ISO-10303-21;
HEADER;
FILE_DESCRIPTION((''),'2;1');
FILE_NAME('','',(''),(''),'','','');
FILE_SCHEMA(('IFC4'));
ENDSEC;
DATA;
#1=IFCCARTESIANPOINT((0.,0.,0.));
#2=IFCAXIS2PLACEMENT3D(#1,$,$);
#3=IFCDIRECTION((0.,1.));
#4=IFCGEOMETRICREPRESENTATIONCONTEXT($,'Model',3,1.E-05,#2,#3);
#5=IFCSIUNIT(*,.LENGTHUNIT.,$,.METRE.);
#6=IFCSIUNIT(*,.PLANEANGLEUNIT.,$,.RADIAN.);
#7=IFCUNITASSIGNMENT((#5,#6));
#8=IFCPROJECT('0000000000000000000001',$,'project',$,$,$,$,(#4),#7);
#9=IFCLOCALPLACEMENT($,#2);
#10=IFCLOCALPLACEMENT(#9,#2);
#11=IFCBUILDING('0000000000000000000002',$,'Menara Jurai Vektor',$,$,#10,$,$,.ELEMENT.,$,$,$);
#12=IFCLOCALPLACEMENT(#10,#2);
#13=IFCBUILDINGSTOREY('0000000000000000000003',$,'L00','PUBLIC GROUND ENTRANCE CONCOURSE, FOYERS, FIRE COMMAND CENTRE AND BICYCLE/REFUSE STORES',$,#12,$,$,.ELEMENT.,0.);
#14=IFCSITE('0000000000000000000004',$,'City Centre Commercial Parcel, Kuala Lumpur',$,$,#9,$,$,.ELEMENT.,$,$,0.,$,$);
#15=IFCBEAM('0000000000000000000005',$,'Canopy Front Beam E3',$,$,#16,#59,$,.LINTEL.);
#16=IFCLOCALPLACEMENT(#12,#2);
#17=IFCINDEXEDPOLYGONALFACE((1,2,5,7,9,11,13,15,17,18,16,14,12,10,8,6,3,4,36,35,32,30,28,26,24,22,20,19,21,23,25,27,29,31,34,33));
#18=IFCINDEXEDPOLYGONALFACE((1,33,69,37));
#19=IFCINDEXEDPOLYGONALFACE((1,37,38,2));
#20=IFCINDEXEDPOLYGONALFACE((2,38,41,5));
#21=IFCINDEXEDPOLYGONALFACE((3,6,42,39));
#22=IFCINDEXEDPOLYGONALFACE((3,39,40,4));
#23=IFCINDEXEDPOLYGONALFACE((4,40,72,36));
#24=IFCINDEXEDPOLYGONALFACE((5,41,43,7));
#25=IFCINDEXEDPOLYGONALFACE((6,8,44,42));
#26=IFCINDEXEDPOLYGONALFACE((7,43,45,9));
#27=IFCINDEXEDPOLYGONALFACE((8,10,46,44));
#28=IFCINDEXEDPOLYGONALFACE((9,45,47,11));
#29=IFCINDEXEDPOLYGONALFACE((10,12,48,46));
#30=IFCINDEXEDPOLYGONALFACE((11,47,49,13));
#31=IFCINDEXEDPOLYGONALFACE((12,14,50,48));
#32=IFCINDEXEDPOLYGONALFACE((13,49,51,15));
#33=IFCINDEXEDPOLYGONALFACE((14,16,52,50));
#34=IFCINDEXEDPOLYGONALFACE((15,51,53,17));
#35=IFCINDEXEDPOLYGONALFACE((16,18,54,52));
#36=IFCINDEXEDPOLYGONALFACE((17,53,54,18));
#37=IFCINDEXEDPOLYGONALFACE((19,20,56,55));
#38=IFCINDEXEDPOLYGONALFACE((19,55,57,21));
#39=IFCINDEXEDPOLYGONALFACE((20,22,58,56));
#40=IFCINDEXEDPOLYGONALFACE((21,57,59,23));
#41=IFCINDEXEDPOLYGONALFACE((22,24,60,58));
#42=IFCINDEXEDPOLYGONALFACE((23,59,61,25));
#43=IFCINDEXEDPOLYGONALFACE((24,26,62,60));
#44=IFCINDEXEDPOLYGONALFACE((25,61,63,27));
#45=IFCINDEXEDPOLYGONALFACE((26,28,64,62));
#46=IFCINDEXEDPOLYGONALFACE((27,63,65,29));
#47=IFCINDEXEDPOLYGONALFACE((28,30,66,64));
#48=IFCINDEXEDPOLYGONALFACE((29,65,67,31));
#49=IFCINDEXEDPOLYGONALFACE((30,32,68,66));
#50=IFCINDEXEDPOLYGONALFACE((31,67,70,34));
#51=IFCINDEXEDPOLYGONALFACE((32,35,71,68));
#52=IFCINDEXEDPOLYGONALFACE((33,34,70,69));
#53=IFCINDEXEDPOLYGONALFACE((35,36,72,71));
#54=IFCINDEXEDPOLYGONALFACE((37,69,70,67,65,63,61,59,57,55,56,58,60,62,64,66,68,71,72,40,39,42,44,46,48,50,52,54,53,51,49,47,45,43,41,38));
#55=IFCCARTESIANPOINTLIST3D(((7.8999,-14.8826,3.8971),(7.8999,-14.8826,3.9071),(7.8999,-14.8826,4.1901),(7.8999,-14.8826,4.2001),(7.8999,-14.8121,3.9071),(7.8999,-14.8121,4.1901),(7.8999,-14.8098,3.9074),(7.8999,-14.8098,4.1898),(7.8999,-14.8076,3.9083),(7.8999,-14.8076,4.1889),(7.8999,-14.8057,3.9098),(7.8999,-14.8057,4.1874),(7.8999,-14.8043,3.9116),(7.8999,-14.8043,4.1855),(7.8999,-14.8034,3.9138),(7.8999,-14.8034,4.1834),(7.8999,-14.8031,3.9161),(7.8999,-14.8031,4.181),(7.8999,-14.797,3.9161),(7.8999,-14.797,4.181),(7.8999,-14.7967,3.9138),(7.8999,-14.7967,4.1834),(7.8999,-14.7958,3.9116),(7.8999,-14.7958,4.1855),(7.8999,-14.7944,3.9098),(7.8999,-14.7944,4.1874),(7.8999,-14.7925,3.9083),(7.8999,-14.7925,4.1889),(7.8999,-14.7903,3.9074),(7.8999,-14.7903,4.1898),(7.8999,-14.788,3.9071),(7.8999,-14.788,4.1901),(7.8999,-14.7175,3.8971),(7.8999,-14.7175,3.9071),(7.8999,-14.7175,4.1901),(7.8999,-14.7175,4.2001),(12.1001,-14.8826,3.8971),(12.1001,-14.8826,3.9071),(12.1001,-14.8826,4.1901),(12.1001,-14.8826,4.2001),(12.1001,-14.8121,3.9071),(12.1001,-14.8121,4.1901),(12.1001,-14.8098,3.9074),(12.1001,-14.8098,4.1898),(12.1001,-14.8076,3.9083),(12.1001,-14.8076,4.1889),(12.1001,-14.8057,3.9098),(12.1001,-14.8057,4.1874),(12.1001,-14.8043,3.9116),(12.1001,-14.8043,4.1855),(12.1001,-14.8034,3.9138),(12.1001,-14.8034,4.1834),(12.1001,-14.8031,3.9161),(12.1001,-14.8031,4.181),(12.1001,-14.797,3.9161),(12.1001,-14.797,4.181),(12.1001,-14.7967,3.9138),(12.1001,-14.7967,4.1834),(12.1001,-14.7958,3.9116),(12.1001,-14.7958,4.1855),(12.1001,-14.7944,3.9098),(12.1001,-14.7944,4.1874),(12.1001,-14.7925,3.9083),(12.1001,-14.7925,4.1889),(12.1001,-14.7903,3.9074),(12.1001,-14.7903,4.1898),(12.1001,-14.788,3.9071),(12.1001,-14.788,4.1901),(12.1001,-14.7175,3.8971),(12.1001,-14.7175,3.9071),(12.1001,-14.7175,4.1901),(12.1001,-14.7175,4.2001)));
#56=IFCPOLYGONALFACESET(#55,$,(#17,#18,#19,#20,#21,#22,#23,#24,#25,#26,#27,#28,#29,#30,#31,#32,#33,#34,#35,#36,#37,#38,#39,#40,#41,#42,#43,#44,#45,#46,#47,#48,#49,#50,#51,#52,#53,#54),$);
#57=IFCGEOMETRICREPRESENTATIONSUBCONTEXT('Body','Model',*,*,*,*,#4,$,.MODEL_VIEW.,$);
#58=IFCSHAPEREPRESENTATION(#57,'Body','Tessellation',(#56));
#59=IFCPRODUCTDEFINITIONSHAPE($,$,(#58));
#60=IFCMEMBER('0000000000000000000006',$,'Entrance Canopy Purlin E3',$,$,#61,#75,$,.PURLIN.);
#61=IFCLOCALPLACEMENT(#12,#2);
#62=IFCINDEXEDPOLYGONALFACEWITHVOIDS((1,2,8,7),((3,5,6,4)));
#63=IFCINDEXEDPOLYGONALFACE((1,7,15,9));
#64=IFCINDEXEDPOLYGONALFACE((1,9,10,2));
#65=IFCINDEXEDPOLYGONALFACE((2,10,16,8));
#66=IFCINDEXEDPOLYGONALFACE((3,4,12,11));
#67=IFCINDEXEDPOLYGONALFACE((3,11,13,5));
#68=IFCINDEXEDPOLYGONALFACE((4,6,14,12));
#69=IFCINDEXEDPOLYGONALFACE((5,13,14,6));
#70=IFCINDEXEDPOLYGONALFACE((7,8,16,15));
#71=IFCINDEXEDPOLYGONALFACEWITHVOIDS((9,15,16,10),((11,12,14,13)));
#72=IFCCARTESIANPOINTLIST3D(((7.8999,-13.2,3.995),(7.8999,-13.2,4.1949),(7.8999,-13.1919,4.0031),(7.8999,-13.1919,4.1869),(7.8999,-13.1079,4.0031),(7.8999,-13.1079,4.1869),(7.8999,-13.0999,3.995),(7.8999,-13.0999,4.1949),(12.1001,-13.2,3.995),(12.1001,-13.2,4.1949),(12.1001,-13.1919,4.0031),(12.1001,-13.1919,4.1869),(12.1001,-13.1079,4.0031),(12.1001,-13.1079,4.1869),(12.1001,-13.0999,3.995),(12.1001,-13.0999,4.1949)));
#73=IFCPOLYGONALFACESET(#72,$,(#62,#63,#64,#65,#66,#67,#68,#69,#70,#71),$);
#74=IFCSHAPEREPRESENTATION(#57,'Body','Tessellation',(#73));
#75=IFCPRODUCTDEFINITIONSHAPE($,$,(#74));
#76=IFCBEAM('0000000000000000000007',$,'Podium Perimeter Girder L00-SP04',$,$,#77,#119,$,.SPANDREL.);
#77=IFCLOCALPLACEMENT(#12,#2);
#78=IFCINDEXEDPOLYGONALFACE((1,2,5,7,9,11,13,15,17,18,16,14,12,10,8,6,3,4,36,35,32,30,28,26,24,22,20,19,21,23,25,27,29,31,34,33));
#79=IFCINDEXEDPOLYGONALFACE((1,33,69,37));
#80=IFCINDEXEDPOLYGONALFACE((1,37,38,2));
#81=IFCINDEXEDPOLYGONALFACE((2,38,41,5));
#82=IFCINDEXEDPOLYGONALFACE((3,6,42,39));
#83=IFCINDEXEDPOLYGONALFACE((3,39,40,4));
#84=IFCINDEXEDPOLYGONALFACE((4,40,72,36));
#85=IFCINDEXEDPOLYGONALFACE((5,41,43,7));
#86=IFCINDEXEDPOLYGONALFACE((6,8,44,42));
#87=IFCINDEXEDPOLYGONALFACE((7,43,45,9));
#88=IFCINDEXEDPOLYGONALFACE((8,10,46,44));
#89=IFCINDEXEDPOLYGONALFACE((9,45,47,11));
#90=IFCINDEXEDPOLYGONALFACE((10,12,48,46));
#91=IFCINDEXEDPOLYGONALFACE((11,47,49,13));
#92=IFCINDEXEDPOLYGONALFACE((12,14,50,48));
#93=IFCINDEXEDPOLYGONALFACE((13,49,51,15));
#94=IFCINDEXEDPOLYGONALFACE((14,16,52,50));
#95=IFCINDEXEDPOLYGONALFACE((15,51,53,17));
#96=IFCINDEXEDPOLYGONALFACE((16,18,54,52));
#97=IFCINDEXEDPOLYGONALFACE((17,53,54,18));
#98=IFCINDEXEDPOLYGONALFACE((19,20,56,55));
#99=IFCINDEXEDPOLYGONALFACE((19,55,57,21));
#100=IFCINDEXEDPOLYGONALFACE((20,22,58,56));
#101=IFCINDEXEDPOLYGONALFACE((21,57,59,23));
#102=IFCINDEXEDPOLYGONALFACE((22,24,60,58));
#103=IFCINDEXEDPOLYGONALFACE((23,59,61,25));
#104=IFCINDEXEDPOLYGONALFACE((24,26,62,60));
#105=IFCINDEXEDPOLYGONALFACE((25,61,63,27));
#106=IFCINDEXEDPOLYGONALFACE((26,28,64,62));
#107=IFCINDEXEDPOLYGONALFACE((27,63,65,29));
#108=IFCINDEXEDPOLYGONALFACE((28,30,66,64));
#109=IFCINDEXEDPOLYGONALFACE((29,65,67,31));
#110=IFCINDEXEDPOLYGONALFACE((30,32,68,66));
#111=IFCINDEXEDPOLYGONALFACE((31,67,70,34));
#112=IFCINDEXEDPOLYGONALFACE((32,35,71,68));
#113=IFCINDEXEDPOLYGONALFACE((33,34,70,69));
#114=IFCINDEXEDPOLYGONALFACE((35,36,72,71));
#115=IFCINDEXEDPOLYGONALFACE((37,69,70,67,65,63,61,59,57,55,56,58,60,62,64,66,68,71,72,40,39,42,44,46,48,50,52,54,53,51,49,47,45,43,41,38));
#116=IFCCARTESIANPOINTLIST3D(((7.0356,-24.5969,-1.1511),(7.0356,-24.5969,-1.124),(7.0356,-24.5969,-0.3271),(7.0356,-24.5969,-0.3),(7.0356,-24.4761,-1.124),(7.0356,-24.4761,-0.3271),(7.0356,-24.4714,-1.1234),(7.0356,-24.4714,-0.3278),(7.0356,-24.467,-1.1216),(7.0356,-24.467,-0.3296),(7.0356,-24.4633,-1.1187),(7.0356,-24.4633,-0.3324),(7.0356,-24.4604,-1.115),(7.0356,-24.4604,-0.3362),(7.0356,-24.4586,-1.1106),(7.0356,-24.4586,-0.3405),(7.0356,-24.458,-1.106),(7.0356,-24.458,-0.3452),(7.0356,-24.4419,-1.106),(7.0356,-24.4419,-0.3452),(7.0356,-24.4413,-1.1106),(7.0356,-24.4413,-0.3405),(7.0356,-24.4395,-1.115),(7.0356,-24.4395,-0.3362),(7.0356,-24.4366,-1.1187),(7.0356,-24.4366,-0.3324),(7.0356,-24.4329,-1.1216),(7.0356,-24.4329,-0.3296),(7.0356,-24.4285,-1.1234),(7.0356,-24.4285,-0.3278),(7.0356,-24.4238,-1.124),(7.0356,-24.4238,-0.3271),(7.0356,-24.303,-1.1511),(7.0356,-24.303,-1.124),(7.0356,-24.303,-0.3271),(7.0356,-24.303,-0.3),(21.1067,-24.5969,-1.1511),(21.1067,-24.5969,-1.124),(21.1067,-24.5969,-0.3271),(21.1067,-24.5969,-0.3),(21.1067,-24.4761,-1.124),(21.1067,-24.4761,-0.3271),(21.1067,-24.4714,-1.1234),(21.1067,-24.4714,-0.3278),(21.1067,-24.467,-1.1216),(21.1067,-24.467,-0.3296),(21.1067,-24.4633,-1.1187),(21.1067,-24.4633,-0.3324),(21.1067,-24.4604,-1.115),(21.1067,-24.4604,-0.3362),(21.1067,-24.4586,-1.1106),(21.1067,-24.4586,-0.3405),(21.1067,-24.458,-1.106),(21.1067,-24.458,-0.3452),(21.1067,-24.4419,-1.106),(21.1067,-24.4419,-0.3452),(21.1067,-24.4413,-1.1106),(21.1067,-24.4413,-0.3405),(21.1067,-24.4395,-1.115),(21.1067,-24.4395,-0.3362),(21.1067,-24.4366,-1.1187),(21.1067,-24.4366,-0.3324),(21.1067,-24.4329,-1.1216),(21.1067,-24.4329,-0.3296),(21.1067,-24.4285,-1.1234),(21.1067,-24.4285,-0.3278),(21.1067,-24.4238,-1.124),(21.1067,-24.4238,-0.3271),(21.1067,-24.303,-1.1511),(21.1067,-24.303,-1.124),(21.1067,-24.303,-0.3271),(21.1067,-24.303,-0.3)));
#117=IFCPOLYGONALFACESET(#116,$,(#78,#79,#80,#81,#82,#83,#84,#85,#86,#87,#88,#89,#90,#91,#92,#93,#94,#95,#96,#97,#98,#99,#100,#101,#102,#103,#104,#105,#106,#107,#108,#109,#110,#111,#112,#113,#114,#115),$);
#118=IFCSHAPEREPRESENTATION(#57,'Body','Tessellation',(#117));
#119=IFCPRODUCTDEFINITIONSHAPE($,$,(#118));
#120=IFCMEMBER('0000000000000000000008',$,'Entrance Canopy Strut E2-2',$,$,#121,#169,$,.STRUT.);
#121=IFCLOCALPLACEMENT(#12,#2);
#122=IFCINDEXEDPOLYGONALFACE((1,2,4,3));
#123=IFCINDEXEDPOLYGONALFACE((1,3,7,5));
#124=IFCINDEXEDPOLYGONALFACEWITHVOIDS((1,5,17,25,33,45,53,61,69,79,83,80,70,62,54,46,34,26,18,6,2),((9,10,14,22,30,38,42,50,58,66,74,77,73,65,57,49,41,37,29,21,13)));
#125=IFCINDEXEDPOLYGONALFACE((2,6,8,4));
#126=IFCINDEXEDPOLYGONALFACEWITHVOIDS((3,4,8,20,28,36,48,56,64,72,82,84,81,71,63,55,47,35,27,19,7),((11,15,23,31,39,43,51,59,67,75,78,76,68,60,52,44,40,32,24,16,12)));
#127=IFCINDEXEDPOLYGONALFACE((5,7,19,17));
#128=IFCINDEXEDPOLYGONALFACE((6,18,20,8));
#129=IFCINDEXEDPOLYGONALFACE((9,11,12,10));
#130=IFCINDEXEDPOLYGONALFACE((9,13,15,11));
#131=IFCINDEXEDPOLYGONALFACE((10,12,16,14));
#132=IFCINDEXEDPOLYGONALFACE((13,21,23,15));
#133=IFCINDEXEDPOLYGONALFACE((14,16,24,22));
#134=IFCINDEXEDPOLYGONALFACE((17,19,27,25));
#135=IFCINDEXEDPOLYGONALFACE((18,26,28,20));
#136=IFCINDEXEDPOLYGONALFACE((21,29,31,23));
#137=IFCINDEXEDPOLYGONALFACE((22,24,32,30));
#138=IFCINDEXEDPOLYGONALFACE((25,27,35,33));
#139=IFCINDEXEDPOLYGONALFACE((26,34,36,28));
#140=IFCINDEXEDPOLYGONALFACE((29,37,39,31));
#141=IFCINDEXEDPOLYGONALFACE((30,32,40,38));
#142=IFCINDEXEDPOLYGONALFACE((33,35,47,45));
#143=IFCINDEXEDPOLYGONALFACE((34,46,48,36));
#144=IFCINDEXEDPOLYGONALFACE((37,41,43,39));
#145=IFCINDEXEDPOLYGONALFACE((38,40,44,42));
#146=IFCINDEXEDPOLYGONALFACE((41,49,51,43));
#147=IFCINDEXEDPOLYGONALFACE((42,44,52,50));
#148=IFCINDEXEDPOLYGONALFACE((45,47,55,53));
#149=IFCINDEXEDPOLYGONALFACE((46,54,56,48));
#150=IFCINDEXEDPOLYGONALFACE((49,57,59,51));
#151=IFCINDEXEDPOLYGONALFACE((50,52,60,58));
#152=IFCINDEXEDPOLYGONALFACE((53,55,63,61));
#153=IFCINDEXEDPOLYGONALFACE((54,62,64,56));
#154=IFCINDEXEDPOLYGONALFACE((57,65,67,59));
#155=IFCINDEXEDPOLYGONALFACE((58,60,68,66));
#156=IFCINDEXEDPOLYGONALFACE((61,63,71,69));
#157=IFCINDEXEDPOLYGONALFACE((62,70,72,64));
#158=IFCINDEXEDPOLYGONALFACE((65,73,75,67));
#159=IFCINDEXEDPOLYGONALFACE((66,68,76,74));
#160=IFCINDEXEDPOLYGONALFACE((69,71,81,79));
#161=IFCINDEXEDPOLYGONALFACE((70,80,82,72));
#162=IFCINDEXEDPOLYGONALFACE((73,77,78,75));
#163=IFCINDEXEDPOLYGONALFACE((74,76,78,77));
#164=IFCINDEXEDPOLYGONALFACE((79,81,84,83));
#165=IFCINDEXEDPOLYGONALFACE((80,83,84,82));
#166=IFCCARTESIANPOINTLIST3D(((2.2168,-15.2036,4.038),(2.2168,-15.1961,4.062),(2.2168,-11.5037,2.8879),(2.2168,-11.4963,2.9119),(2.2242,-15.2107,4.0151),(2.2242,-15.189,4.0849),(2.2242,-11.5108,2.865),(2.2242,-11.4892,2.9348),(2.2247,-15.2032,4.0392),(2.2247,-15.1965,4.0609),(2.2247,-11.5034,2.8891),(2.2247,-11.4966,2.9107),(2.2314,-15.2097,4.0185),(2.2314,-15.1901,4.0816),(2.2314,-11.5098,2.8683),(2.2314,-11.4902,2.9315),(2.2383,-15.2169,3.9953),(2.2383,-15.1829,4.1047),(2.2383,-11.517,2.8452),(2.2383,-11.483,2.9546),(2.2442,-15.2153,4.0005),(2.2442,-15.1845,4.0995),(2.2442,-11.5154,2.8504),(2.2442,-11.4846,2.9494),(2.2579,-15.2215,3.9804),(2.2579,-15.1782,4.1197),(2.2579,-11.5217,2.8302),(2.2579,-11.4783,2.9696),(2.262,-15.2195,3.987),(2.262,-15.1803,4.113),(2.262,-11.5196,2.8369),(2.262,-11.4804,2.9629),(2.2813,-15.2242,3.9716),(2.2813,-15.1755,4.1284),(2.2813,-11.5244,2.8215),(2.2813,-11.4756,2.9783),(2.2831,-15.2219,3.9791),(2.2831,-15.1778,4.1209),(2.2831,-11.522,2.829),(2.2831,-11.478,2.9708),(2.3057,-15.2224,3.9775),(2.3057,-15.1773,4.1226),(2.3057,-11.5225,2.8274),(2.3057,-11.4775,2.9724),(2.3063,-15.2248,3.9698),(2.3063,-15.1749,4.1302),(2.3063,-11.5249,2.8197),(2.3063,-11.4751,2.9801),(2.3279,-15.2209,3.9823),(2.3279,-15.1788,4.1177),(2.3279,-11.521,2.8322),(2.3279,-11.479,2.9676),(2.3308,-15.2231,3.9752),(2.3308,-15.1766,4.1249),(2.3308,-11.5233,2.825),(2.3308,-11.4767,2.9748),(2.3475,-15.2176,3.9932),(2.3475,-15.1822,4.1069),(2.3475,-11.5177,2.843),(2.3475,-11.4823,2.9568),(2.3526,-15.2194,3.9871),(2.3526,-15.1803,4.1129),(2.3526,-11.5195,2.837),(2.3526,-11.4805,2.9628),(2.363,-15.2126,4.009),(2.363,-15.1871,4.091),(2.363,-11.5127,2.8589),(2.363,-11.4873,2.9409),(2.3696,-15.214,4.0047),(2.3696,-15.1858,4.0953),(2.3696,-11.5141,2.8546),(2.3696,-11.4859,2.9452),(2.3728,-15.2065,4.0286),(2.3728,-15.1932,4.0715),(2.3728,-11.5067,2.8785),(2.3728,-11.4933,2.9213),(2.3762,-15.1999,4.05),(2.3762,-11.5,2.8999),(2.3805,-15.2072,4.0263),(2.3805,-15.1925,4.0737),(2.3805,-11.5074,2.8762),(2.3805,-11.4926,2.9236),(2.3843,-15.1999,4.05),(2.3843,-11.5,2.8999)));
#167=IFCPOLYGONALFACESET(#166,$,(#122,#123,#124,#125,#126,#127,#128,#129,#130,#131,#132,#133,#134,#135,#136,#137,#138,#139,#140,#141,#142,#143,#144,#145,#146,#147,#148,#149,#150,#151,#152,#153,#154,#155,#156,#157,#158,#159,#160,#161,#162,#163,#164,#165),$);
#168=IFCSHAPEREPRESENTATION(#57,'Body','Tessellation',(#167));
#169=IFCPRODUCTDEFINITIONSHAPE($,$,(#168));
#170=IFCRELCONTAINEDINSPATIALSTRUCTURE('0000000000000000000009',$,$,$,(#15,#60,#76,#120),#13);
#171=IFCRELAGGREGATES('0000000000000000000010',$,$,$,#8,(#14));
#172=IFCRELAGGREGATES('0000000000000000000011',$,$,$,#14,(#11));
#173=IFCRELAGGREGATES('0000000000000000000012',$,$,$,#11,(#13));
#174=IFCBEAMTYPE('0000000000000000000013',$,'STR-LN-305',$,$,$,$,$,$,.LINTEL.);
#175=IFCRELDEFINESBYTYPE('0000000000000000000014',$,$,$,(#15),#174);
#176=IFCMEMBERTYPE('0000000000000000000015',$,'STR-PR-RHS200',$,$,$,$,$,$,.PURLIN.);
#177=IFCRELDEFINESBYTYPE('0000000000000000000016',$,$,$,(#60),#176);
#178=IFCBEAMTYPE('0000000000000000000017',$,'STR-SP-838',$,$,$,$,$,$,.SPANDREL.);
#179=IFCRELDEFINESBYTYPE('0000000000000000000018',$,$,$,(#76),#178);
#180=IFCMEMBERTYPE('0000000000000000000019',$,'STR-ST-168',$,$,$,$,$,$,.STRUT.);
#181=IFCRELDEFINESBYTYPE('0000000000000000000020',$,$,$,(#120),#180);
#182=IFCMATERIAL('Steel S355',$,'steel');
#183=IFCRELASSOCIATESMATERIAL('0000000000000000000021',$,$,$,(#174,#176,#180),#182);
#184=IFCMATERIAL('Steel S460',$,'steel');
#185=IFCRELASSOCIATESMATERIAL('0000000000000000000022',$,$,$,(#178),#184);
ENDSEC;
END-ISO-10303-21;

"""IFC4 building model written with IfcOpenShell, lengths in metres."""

from ifc_helpers import new_model, si_unit, direction, frame, origin, origin_2d, place, context, subcontext, project, spatial, hollow_rectangle, hollow_circle, i_section, extrude, material, material_profile, profile_set, type_object, element, save


model = new_model("IFC4")

# Units and contexts
model_context = context("Model", 3, precision=1e-05, world=origin(), true_north=direction((0.0, 1.0)))
body_context = subcontext(model_context, "Body", "Model", "MODEL_VIEW")
ifc_project = project(units=[si_unit("LENGTHUNIT", "METRE"), si_unit("PLANEANGLEUNIT", "RADIAN")], contexts=[model_context])

# Site, building, storey
site_placement = place(None, origin())
site = spatial("IfcSite", under=ifc_project, at=site_placement, Name="City Centre Commercial Parcel, Kuala Lumpur", CompositionType="ELEMENT", RefElevation=0.0)
building_placement = place(site_placement, origin())
building = spatial("IfcBuilding", under=site, at=building_placement, Name="Menara Jurai Vektor", CompositionType="ELEMENT")
storey_placement = place(building_placement, origin())
storey = spatial("IfcBuildingStorey", under=building, at=storey_placement, Name="L00", Description="PUBLIC GROUND ENTRANCE CONCOURSE, FOYERS, FIRE COMMAND CENTRE AND BICYCLE/REFUSE STORES", CompositionType="ELEMENT", Elevation=0.0)

# Shared definitions
ifc_material_1 = material(Name="Steel S355", Category="steel")
ifc_material_2 = material(Name="Steel S460", Category="steel")

# Beam
ifc_material_profile_1 = material_profile(ifc_material_1, i_section(OverallWidth=0.165, OverallDepth=0.303, WebThickness=0.0061, FlangeThickness=0.01, FilletRadius=0.009, at=origin_2d()), Name="UKB 305x165x40")
ifc_profile_set_1 = profile_set([ifc_material_profile_1], Name="Steel S355")
beam_type_1 = type_object("IfcBeamType", Name="STR-LN-305", PredefinedType="LINTEL", material=ifc_profile_set_1)
beam_1_placement = place(storey_placement, frame((7.8999, -14.8, 4.0486), z_axis=(1.0, 0.0, 0.0), x_axis=(0.0, 1.0, 0.0)))
element("IfcBeam", 1, at=beam_1_placement, inside=storey, type_object=beam_type_1, Name="Canopy Front Beam E3", PredefinedType="LINTEL", context=body_context, shape_type="SweptSolid", body=[
    extrude(i_section(OverallWidth=0.165, OverallDepth=0.303, WebThickness=0.0061, FlangeThickness=0.01, FilletRadius=0.009, at=origin_2d()), origin(), (0.0, 0.0, 1.0), 4.2002),
])

# Member
ifc_material_profile_2 = material_profile(ifc_material_1, hollow_rectangle(XDim=0.1001, YDim=0.2, WallThickness=0.0081, at=origin_2d()), Name="RHS 200x100x8")
ifc_profile_set_2 = profile_set([ifc_material_profile_2], Name="Steel S355")
member_type_1 = type_object("IfcMemberType", Name="STR-PR-RHS200", PredefinedType="PURLIN", material=ifc_profile_set_2)
member_1_placement = place(storey_placement, frame((7.8999, -13.1499, 4.095), z_axis=(1.0, 0.0, 0.0), x_axis=(0.0, 1.0, 0.0)))
element("IfcMember", 2, at=member_1_placement, inside=storey, type_object=member_type_1, Name="Entrance Canopy Purlin E3", PredefinedType="PURLIN", context=body_context, shape_type="SweptSolid", body=[
    extrude(hollow_rectangle(XDim=0.1001, YDim=0.2, WallThickness=0.0081, at=origin_2d()), origin(), (0.0, 0.0, 1.0), 4.2002),
])

# Beam
ifc_material_profile_3 = material_profile(ifc_material_2, i_section(OverallWidth=0.2939, OverallDepth=0.8511, WebThickness=0.0161, FlangeThickness=0.0271, FilletRadius=0.0181, at=origin_2d()), Name="UKB 838x292x226")
ifc_profile_set_3 = profile_set([ifc_material_profile_3], Name="Steel S460")
beam_type_2 = type_object("IfcBeamType", Name="STR-SP-838", PredefinedType="SPANDREL", material=ifc_profile_set_3)
beam_2_placement = place(storey_placement, frame((7.0356, -24.45, -0.7256), z_axis=(1.0, 0.0, 0.0), x_axis=(0.0, 1.0, 0.0)))
element("IfcBeam", 3, at=beam_2_placement, inside=storey, type_object=beam_type_2, Name="Podium Perimeter Girder L00-SP04", PredefinedType="SPANDREL", context=body_context, shape_type="SweptSolid", body=[
    extrude(i_section(OverallWidth=0.2939, OverallDepth=0.8511, WebThickness=0.0161, FlangeThickness=0.0271, FilletRadius=0.0181, at=origin_2d()), origin(), (0.0, 0.0, 1.0), 14.071),
])

# Member
ifc_material_profile_4 = material_profile(ifc_material_1, hollow_circle(Radius=0.0842, WallThickness=0.0081, at=origin_2d()), Name="CHS 168.3x8")
ifc_profile_set_4 = profile_set([ifc_material_profile_4], Name="Steel S355")
member_type_2 = type_object("IfcMemberType", Name="STR-ST-168", PredefinedType="STRUT", material=ifc_profile_set_4)
member_2_placement = place(storey_placement, frame((2.3, -11.5, 2.8999), z_axis=(0.0, -0.954926, 0.296843), x_axis=(1.0, 0.0, 0.0)))
element("IfcMember", 4, at=member_2_placement, inside=storey, type_object=member_type_2, Name="Entrance Canopy Strut E2-2", PredefinedType="STRUT", context=body_context, shape_type="SweptSolid", body=[
    extrude(hollow_circle(Radius=0.0842, WallThickness=0.0081, at=origin_2d()), origin(), (0.0, 0.0, 1.0), 3.8745),
])

save(model, "model.ifc")
